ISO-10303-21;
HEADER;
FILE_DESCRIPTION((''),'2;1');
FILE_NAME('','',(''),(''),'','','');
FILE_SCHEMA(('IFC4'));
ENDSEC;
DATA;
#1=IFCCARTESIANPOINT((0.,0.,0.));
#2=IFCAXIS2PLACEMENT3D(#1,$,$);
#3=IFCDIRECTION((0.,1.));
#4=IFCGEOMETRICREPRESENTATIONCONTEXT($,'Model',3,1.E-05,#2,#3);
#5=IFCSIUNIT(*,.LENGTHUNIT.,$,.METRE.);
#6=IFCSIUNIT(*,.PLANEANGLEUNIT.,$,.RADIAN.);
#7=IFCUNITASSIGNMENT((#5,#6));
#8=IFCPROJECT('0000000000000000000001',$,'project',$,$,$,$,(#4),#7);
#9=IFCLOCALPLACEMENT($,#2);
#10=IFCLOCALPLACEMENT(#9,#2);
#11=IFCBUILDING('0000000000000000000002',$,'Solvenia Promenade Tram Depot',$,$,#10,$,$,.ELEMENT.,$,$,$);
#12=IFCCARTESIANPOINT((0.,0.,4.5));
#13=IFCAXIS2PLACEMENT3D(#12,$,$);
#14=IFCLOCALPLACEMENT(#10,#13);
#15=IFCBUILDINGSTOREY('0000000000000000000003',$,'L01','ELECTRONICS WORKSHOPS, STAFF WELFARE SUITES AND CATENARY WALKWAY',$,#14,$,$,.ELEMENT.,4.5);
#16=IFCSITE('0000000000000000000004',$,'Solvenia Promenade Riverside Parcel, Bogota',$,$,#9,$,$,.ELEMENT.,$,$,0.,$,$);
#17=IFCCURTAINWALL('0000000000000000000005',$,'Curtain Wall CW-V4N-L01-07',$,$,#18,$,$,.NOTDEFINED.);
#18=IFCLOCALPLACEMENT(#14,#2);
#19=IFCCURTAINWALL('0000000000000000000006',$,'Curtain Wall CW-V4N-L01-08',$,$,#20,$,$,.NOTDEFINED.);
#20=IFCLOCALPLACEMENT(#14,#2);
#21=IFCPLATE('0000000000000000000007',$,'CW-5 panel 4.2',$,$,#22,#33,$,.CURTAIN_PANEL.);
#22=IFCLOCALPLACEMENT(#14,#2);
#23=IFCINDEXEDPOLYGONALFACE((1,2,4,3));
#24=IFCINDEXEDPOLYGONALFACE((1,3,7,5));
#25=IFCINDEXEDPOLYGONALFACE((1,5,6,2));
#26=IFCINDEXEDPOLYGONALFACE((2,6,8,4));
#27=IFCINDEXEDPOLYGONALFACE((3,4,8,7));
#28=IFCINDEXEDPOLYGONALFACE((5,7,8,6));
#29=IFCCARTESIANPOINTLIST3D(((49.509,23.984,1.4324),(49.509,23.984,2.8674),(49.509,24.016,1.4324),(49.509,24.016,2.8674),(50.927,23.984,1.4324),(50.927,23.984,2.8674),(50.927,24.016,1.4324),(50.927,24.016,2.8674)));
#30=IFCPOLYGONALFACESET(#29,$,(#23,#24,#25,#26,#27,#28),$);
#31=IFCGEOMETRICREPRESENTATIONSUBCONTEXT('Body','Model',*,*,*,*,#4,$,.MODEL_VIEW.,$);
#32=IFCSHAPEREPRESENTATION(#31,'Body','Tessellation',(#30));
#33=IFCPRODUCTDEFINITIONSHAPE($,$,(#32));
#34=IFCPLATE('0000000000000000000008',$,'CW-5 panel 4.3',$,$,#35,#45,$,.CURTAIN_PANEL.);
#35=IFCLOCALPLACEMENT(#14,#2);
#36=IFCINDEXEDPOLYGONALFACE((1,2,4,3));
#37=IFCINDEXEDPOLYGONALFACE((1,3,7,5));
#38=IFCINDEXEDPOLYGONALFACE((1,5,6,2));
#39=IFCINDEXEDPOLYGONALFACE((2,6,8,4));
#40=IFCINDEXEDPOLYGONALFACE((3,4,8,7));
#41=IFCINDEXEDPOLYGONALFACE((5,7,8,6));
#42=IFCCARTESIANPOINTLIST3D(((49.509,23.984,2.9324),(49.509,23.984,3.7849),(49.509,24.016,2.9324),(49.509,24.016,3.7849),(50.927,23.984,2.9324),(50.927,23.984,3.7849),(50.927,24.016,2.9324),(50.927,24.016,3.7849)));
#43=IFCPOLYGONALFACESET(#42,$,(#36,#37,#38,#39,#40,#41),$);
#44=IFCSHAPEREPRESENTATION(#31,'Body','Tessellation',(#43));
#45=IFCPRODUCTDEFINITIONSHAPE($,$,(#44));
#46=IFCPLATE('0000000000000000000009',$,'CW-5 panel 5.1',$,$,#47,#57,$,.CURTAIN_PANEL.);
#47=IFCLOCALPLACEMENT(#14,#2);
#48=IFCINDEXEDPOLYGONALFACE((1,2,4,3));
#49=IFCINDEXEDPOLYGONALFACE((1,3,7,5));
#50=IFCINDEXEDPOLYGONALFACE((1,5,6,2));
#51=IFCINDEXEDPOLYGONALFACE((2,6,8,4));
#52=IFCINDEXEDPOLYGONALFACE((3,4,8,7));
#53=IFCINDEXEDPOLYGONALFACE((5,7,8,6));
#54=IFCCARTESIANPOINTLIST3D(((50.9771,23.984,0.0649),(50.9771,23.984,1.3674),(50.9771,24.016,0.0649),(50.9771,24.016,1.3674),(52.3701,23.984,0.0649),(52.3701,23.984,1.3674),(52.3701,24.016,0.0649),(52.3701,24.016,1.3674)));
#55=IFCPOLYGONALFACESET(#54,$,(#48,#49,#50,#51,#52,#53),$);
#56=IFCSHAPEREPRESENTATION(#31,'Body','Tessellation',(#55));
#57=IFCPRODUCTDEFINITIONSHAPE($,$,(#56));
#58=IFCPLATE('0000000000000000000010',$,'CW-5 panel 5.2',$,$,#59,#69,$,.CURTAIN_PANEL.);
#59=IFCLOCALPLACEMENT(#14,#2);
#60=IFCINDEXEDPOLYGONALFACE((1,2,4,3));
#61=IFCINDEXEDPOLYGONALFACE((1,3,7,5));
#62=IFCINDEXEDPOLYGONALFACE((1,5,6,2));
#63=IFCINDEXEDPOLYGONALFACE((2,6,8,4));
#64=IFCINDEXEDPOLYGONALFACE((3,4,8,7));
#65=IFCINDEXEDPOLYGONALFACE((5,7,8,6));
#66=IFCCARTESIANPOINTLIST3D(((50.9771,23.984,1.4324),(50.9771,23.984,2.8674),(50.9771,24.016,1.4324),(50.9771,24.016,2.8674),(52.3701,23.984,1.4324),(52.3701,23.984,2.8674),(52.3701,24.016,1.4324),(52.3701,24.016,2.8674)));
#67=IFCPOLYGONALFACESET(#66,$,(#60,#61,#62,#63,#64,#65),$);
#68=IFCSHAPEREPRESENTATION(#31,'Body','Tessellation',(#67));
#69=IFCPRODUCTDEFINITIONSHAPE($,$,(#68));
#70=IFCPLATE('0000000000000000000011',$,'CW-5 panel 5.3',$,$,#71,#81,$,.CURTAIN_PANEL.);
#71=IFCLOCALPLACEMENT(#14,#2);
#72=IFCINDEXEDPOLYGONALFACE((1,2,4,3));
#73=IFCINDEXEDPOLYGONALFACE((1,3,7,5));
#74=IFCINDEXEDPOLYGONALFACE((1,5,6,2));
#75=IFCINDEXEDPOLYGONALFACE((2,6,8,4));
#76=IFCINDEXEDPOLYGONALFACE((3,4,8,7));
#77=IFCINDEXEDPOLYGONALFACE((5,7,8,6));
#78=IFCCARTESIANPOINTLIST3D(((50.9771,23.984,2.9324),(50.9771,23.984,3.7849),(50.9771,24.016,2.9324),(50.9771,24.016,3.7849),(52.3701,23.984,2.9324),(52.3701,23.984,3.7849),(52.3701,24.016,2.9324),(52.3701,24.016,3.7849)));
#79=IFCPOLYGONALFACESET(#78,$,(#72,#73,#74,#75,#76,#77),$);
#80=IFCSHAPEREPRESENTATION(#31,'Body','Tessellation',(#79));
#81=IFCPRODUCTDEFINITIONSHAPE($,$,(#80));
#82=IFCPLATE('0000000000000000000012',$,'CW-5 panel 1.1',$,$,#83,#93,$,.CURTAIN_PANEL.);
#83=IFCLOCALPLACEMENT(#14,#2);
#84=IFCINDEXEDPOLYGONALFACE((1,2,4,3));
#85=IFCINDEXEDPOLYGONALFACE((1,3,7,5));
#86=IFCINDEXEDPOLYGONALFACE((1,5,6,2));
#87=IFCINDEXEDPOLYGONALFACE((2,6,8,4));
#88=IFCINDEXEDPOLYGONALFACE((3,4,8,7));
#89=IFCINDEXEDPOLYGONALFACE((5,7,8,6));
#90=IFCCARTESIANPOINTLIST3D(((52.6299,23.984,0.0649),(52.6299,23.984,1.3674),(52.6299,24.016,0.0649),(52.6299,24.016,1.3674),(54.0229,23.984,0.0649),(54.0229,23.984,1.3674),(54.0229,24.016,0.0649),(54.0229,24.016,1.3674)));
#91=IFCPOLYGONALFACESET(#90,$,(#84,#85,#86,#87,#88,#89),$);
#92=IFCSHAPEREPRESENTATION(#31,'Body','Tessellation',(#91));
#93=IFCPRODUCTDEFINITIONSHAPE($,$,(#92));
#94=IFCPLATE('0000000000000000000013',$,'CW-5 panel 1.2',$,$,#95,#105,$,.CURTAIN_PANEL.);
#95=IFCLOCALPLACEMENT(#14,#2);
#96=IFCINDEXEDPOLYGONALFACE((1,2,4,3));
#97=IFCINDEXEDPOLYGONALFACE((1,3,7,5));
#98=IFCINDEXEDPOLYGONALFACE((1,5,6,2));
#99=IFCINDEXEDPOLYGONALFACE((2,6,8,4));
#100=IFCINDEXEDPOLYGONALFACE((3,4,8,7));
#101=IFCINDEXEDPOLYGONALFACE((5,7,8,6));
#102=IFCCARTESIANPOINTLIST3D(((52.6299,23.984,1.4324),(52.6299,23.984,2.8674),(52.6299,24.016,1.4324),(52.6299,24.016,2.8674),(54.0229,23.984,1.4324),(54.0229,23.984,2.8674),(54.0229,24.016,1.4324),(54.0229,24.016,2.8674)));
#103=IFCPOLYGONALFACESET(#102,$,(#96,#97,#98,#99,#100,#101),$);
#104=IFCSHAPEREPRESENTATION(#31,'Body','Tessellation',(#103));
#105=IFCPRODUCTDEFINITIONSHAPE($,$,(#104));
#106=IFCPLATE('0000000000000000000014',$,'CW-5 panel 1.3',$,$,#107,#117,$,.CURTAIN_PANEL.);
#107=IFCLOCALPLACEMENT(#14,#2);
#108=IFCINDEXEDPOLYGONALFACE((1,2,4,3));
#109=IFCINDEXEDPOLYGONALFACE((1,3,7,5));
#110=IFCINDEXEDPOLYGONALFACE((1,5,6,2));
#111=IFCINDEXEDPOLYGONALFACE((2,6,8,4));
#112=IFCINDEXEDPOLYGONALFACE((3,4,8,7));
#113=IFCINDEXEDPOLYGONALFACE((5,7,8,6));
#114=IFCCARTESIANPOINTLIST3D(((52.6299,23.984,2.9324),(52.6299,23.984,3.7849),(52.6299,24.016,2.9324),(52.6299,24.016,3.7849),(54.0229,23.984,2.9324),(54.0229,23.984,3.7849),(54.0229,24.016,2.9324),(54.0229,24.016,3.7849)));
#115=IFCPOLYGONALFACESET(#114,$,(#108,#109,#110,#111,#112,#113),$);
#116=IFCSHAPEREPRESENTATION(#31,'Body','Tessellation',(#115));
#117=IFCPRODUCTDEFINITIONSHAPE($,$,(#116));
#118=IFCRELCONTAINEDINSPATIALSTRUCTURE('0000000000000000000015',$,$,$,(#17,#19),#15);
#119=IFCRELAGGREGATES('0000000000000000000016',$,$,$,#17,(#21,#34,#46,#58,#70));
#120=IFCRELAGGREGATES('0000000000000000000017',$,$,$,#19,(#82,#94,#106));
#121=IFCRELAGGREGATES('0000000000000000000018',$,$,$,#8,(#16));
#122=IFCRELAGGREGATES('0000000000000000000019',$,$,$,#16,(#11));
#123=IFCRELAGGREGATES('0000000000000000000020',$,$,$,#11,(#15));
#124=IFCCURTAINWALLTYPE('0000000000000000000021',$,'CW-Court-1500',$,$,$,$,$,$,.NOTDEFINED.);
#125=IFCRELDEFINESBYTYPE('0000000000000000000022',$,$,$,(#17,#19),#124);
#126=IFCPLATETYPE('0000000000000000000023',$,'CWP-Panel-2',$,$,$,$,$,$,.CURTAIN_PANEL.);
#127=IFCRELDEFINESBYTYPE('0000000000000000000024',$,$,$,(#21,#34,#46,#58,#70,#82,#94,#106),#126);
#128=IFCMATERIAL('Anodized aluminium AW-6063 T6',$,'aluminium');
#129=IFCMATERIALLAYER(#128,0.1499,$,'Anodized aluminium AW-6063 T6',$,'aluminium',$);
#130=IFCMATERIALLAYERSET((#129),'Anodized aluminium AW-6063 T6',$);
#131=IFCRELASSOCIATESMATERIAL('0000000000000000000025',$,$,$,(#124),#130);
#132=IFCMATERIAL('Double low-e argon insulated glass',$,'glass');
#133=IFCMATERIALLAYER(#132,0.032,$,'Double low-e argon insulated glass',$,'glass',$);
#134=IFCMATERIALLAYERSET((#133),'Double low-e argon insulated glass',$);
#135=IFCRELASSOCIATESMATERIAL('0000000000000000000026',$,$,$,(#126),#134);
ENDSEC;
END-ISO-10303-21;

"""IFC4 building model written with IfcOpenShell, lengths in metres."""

from ifc_helpers import new_model, si_unit, direction, frame, origin, origin_2d, place, context, subcontext, project, spatial, rectangle, extrude, material, layer, layer_set, type_object, element, aggregate, save


model = new_model("IFC4")

# Units and contexts
model_context = context("Model", 3, precision=1e-05, world=origin(), true_north=direction((0.0, 1.0)))
body_context = subcontext(model_context, "Body", "Model", "MODEL_VIEW")
ifc_project = project(units=[si_unit("LENGTHUNIT", "METRE"), si_unit("PLANEANGLEUNIT", "RADIAN")], contexts=[model_context])

# Site, building, storey
site_placement = place(None, origin())
site = spatial("IfcSite", under=ifc_project, at=site_placement, Name="Solvenia Promenade Riverside Parcel, Bogota", CompositionType="ELEMENT", RefElevation=0.0)
building_placement = place(site_placement, origin())
building = spatial("IfcBuilding", under=site, at=building_placement, Name="Solvenia Promenade Tram Depot", CompositionType="ELEMENT")
storey_placement = place(building_placement, frame((0.0, 0.0, 4.5)))
storey = spatial("IfcBuildingStorey", under=building, at=storey_placement, Name="L01", Description="ELECTRONICS WORKSHOPS, STAFF WELFARE SUITES AND CATENARY WALKWAY", CompositionType="ELEMENT", Elevation=4.5)

# Curtain walls
ifc_material_1 = material(Name="Anodized aluminium AW-6063 T6", Category="aluminium")
ifc_layer_1 = layer(ifc_material_1, 0.1499, Name="Anodized aluminium AW-6063 T6", Category="aluminium")
ifc_layer_set_1 = layer_set([ifc_layer_1], Name="Anodized aluminium AW-6063 T6")
curtain_wall_type = type_object("IfcCurtainWallType", Name="CW-Court-1500", PredefinedType="NOTDEFINED", material=ifc_layer_set_1)
curtain_wall_1_placement = place(storey_placement, origin())
curtain_wall_1 = element("IfcCurtainWall", 1, at=curtain_wall_1_placement, inside=storey, type_object=curtain_wall_type, Name="Curtain Wall CW-V4N-L01-07", PredefinedType="NOTDEFINED")
curtain_wall_2_placement = place(storey_placement, origin())
curtain_wall_2 = element("IfcCurtainWall", 2, at=curtain_wall_2_placement, inside=storey, type_object=curtain_wall_type, Name="Curtain Wall CW-V4N-L01-08", PredefinedType="NOTDEFINED")

# Plates
ifc_material_2 = material(Name="Double low-e argon insulated glass", Category="glass")
ifc_layer_2 = layer(ifc_material_2, 0.032, Name="Double low-e argon insulated glass", Category="glass")
ifc_layer_set_2 = layer_set([ifc_layer_2], Name="Double low-e argon insulated glass")
plate_type = type_object("IfcPlateType", Name="CWP-Panel-2", PredefinedType="CURTAIN_PANEL", material=ifc_layer_set_2)
plate_1_placement = place(storey_placement, frame((50.218, 24.0, 1.4324), z_axis=(0.0, 0.0, 1.0), x_axis=(1.0, 0.0, 0.0)))
plate_1 = element("IfcPlate", 3, at=plate_1_placement, type_object=plate_type, Name="CW-5 panel 4.2", PredefinedType="CURTAIN_PANEL", context=body_context, shape_type="SweptSolid", body=[
    extrude(rectangle(XDim=1.418, YDim=0.032, at=origin_2d()), origin(), (0.0, 0.0, 1.0), 1.4351),
])
plate_2_placement = place(storey_placement, frame((50.218, 24.0, 2.9324), z_axis=(0.0, 0.0, 1.0), x_axis=(1.0, 0.0, 0.0)))
plate_2 = element("IfcPlate", 4, at=plate_2_placement, type_object=plate_type, Name="CW-5 panel 4.3", PredefinedType="CURTAIN_PANEL", context=body_context, shape_type="SweptSolid", body=[
    extrude(rectangle(XDim=1.418, YDim=0.032, at=origin_2d()), origin(), (0.0, 0.0, 1.0), 0.8525),
])
plate_3_placement = place(storey_placement, frame((51.6736, 24.0, 0.0649), z_axis=(0.0, 0.0, 1.0), x_axis=(1.0, 0.0, 0.0)))
plate_3 = element("IfcPlate", 5, at=plate_3_placement, type_object=plate_type, Name="CW-5 panel 5.1", PredefinedType="CURTAIN_PANEL", context=body_context, shape_type="SweptSolid", body=[
    extrude(rectangle(XDim=1.3931, YDim=0.032, at=origin_2d()), origin(), (0.0, 0.0, 1.0), 1.3025),
])
plate_4_placement = place(storey_placement, frame((51.6736, 24.0, 1.4324), z_axis=(0.0, 0.0, 1.0), x_axis=(1.0, 0.0, 0.0)))
plate_4 = element("IfcPlate", 6, at=plate_4_placement, type_object=plate_type, Name="CW-5 panel 5.2", PredefinedType="CURTAIN_PANEL", context=body_context, shape_type="SweptSolid", body=[
    extrude(rectangle(XDim=1.3931, YDim=0.032, at=origin_2d()), origin(), (0.0, 0.0, 1.0), 1.4351),
])
plate_5_placement = place(storey_placement, frame((51.6736, 24.0, 2.9324), z_axis=(0.0, 0.0, 1.0), x_axis=(1.0, 0.0, 0.0)))
plate_5 = element("IfcPlate", 7, at=plate_5_placement, type_object=plate_type, Name="CW-5 panel 5.3", PredefinedType="CURTAIN_PANEL", context=body_context, shape_type="SweptSolid", body=[
    extrude(rectangle(XDim=1.3931, YDim=0.032, at=origin_2d()), origin(), (0.0, 0.0, 1.0), 0.8525),
])
aggregate(curtain_wall_1, [plate_1, plate_2, plate_3, plate_4, plate_5])
plate_6_placement = place(storey_placement, frame((53.3264, 24.0, 0.0649), z_axis=(0.0, 0.0, 1.0), x_axis=(1.0, 0.0, 0.0)))
plate_6 = element("IfcPlate", 8, at=plate_6_placement, type_object=plate_type, Name="CW-5 panel 1.1", PredefinedType="CURTAIN_PANEL", context=body_context, shape_type="SweptSolid", body=[
    extrude(rectangle(XDim=1.3931, YDim=0.032, at=origin_2d()), origin(), (0.0, 0.0, 1.0), 1.3025),
])
plate_7_placement = place(storey_placement, frame((53.3264, 24.0, 1.4324), z_axis=(0.0, 0.0, 1.0), x_axis=(1.0, 0.0, 0.0)))
plate_7 = element("IfcPlate", 9, at=plate_7_placement, type_object=plate_type, Name="CW-5 panel 1.2", PredefinedType="CURTAIN_PANEL", context=body_context, shape_type="SweptSolid", body=[
    extrude(rectangle(XDim=1.3931, YDim=0.032, at=origin_2d()), origin(), (0.0, 0.0, 1.0), 1.4351),
])
plate_8_placement = place(storey_placement, frame((53.3264, 24.0, 2.9324), z_axis=(0.0, 0.0, 1.0), x_axis=(1.0, 0.0, 0.0)))
plate_8 = element("IfcPlate", 10, at=plate_8_placement, type_object=plate_type, Name="CW-5 panel 1.3", PredefinedType="CURTAIN_PANEL", context=body_context, shape_type="SweptSolid", body=[
    extrude(rectangle(XDim=1.3931, YDim=0.032, at=origin_2d()), origin(), (0.0, 0.0, 1.0), 0.8525),
])
aggregate(curtain_wall_2, [plate_6, plate_7, plate_8])

save(model, "model.ifc")
